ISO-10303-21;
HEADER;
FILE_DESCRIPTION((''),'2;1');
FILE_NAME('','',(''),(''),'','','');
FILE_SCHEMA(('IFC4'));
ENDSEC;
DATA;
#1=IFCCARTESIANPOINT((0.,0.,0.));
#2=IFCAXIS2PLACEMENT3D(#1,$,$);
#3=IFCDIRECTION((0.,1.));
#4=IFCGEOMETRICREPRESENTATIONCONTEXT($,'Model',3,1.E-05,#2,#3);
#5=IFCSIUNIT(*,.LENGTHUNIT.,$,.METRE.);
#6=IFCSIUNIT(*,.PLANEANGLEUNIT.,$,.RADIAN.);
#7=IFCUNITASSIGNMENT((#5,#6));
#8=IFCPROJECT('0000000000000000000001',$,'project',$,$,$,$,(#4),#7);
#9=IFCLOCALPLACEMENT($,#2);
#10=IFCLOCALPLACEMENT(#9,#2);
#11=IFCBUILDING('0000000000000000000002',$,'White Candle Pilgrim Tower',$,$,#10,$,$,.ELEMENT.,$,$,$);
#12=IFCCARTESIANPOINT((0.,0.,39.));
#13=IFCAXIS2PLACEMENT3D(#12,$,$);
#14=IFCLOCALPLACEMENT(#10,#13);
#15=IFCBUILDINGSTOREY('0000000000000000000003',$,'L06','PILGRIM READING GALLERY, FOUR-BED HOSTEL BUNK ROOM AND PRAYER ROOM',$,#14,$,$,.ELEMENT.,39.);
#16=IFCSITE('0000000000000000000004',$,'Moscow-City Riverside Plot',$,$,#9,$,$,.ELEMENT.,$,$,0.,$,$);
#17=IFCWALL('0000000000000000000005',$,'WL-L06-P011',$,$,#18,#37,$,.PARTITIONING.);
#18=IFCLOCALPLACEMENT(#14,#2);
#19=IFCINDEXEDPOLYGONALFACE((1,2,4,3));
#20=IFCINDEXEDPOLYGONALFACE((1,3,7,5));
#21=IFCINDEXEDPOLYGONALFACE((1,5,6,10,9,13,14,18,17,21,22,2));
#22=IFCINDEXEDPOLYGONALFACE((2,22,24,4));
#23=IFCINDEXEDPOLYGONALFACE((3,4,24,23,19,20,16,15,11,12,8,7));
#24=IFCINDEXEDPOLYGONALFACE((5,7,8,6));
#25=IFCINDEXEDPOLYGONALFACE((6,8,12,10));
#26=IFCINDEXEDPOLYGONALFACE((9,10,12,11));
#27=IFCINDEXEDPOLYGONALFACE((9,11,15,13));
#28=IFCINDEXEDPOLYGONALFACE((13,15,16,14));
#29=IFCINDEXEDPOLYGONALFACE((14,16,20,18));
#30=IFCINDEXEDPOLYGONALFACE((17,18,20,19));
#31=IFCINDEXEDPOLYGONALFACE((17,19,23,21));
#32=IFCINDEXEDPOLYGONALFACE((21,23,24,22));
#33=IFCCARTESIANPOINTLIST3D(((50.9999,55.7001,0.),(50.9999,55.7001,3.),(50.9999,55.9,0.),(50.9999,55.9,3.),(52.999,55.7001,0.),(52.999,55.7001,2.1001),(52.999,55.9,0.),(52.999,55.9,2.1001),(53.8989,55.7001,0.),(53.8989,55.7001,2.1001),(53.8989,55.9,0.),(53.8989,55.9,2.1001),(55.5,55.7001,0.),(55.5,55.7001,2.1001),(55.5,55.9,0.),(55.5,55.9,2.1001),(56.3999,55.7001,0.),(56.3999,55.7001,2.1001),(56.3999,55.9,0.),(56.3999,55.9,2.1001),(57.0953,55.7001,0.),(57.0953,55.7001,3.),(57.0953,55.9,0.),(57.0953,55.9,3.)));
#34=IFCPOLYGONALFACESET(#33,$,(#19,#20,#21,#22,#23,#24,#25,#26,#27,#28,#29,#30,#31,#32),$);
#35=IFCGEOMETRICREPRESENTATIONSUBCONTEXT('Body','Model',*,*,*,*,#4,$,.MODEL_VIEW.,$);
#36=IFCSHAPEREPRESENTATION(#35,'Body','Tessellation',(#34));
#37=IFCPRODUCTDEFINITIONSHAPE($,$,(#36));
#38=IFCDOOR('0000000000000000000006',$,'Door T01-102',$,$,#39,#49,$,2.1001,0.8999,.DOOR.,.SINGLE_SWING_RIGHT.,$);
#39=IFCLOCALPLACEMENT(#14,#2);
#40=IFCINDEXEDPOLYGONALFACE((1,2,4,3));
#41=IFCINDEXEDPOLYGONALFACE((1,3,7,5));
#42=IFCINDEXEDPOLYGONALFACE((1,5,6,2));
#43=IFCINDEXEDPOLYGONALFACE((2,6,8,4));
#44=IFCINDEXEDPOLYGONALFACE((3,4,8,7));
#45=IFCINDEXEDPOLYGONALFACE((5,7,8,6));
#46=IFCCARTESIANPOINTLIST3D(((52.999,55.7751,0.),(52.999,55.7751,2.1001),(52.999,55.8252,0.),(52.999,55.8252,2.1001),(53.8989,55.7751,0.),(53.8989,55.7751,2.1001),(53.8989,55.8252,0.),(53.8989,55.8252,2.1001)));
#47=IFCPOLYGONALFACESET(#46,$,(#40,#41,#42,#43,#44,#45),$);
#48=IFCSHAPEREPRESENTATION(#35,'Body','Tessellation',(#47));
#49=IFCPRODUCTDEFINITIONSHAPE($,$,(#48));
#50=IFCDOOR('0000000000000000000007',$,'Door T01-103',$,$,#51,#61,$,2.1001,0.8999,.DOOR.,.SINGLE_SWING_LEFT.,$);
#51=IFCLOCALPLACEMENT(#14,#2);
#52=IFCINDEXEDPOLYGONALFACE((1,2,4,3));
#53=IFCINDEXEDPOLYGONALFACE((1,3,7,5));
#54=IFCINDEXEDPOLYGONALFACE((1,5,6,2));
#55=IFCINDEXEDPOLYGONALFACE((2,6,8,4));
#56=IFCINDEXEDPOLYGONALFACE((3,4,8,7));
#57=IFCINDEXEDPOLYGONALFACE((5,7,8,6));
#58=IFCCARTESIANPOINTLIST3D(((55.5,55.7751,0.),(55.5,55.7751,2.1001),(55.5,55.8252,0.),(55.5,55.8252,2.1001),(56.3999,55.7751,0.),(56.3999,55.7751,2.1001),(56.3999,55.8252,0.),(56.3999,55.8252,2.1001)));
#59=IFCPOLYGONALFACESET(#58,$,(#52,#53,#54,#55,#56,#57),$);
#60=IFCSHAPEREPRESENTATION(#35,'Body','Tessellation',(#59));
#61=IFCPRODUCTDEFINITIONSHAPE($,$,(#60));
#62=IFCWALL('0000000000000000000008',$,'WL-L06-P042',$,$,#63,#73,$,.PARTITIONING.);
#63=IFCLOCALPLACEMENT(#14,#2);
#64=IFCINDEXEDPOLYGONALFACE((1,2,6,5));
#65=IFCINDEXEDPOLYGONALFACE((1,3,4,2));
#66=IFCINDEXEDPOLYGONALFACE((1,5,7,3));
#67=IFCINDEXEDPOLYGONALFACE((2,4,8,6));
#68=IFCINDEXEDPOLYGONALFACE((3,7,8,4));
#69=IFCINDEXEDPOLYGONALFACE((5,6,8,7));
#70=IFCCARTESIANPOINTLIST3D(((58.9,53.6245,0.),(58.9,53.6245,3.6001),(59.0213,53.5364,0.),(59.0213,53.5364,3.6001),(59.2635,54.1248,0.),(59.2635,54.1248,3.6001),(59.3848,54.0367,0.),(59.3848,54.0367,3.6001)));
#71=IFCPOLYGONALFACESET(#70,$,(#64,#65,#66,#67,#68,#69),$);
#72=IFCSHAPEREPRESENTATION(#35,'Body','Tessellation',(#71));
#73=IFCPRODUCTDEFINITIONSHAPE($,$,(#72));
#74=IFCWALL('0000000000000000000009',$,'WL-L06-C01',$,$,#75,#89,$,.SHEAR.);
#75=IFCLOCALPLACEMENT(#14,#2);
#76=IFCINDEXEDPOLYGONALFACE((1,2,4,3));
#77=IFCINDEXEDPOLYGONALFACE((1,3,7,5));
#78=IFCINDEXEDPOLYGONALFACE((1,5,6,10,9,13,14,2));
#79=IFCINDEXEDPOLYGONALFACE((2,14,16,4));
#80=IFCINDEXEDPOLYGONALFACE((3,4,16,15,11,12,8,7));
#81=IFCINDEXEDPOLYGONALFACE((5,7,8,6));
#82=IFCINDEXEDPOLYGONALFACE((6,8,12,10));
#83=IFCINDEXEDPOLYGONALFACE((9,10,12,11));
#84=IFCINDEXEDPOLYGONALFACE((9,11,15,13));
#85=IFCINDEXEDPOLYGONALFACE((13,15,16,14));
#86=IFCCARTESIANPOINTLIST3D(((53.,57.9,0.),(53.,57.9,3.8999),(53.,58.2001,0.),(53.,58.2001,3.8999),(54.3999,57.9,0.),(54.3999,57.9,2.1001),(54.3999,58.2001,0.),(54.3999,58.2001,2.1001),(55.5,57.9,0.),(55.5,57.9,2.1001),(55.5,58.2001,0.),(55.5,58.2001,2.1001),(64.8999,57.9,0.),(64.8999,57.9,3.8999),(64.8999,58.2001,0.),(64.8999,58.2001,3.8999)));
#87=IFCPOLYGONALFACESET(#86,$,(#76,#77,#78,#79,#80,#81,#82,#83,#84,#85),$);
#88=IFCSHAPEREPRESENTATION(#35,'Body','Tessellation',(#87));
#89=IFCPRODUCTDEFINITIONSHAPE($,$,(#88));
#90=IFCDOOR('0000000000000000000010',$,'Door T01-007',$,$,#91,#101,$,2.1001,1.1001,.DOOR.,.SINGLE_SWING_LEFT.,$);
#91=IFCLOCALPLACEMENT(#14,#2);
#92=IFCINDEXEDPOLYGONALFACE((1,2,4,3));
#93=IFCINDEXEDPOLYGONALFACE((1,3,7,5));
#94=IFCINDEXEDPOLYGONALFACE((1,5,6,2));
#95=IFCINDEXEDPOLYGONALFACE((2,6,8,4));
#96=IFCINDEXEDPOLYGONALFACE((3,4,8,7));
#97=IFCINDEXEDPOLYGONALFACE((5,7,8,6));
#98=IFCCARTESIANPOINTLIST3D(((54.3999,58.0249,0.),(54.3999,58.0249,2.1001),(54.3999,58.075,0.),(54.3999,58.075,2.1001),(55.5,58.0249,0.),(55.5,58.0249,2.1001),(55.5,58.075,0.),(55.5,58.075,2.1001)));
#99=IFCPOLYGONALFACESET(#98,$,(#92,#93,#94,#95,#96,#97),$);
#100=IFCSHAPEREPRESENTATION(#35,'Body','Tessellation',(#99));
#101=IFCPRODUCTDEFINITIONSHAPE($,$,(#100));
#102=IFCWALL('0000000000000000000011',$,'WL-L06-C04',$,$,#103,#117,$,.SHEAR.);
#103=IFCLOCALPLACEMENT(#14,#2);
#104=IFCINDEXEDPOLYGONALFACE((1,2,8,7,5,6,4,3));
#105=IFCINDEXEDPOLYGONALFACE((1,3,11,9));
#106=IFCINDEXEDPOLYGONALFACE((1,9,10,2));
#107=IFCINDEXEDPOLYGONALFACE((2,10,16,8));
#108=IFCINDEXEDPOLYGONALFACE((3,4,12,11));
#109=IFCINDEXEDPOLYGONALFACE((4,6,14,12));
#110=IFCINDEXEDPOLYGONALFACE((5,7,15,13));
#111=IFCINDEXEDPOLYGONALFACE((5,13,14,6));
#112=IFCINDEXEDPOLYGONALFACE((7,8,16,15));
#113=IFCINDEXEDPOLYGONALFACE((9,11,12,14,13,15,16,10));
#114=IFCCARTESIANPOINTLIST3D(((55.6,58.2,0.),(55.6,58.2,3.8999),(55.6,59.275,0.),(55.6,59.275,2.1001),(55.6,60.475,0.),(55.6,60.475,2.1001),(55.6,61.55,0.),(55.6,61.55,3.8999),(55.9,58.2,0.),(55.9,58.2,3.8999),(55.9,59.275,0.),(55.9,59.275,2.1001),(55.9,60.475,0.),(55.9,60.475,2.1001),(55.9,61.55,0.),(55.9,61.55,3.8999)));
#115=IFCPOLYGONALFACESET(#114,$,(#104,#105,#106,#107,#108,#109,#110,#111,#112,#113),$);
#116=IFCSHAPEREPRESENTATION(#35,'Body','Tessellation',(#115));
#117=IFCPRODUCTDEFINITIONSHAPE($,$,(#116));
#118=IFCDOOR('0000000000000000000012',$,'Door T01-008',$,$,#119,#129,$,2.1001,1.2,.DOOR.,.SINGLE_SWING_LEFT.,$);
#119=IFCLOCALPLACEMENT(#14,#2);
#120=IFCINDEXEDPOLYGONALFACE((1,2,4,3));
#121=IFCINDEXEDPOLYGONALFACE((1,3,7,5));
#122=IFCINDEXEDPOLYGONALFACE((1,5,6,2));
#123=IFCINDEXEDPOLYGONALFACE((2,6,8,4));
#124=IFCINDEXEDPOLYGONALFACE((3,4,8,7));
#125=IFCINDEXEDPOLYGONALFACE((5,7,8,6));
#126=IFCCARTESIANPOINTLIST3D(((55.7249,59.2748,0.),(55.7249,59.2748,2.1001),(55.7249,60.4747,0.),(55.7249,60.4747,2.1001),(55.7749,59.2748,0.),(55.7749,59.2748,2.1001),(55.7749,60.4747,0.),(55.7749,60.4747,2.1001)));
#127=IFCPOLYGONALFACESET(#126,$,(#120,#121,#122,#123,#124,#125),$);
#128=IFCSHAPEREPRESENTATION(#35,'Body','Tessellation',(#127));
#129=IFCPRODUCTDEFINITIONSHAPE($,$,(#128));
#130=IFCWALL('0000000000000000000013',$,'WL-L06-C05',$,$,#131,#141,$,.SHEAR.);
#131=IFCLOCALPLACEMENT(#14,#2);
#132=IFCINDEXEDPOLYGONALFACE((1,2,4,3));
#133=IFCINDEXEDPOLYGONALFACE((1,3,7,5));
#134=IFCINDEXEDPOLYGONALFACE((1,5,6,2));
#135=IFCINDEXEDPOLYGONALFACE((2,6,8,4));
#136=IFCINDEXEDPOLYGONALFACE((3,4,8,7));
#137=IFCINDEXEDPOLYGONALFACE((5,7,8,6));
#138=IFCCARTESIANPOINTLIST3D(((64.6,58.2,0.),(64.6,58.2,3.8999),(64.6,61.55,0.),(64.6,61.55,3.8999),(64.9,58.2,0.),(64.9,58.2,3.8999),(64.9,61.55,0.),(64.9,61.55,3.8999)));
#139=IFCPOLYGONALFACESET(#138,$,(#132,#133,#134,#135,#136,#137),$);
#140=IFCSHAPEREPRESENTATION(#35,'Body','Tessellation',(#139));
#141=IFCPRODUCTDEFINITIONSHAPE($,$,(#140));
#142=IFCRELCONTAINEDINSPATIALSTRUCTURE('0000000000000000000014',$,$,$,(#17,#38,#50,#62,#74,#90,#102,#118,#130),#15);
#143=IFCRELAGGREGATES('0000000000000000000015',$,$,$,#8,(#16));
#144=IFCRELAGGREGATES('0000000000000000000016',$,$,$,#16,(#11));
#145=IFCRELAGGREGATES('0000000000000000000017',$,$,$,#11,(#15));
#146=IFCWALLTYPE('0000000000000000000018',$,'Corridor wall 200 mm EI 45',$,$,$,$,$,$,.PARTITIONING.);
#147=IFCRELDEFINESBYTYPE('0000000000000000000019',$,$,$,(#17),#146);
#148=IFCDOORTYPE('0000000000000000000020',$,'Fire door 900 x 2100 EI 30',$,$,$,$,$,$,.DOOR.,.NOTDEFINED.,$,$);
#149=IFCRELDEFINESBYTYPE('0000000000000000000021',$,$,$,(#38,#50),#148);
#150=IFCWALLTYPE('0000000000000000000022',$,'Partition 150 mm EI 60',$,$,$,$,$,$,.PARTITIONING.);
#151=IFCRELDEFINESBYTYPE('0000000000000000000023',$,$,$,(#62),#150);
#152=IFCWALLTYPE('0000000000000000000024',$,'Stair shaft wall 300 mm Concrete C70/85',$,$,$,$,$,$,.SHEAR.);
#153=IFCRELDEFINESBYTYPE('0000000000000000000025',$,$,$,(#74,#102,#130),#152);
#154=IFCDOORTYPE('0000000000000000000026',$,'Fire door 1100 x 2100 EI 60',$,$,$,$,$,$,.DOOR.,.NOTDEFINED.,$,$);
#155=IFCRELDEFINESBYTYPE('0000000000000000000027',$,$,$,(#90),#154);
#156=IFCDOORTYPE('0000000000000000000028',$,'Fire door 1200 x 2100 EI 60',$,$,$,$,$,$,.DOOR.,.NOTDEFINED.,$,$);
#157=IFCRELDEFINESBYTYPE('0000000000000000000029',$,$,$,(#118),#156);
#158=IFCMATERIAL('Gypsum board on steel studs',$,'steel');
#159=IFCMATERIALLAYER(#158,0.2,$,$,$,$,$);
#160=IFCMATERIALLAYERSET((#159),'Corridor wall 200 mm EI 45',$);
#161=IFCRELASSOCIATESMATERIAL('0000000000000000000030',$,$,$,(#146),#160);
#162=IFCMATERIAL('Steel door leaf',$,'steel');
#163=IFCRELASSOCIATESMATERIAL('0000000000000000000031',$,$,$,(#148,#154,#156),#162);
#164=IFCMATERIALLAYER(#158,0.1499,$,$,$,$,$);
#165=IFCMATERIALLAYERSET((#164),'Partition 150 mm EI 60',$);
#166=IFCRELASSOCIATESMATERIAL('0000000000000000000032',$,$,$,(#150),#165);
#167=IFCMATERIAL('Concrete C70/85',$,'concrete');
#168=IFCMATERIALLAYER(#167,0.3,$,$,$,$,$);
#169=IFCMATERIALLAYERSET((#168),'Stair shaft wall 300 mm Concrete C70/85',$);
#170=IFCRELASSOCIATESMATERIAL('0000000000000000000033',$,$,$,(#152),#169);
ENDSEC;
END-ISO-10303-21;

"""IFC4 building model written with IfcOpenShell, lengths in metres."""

from ifc_helpers import new_model, si_unit, direction, frame, frame_2d, origin, place, context, subcontext, project, spatial, rectangle, extrude, material, layer, layer_set, type_object, element, fill, save


model = new_model("IFC4")

# Units and contexts
model_context = context("Model", 3, precision=1e-05, world=origin(), true_north=direction((0.0, 1.0)))
body_context = subcontext(model_context, "Body", "Model", "MODEL_VIEW")
ifc_project = project(units=[si_unit("LENGTHUNIT", "METRE"), si_unit("PLANEANGLEUNIT", "RADIAN")], contexts=[model_context])

# Site, building, storey
site_placement = place(None, origin())
site = spatial("IfcSite", under=ifc_project, at=site_placement, Name="Moscow-City Riverside Plot", CompositionType="ELEMENT", RefElevation=0.0)
building_placement = place(site_placement, origin())
building = spatial("IfcBuilding", under=site, at=building_placement, Name="White Candle Pilgrim Tower", CompositionType="ELEMENT")
storey_placement = place(building_placement, frame((0.0, 0.0, 39.0)))
storey = spatial("IfcBuildingStorey", under=building, at=storey_placement, Name="L06", Description="PILGRIM READING GALLERY, FOUR-BED HOSTEL BUNK ROOM AND PRAYER ROOM", CompositionType="ELEMENT", Elevation=39.0)

# Shared definitions
ifc_material_1 = material(Name="Concrete C70/85", Category="concrete")

# Wall, openings, doors
ifc_material_2 = material(Name="Gypsum board on steel studs", Category="steel")
ifc_layer_1 = layer(ifc_material_2, 0.2)
ifc_layer_set_1 = layer_set([ifc_layer_1], Name="Corridor wall 200 mm EI 45")
wall_type_1 = type_object("IfcWallType", Name="Corridor wall 200 mm EI 45", PredefinedType="PARTITIONING", material=ifc_layer_set_1)
wall_1_placement = place(storey_placement, frame((57.0955, 55.8, 0.0), z_axis=(0.0, 0.0, 1.0), x_axis=(-1.0, 0.0, 0.0)))
wall_1 = element("IfcWall", 1, at=wall_1_placement, inside=storey, type_object=wall_type_1, Name="WL-L06-P011", PredefinedType="PARTITIONING", context=body_context, shape_type="SweptSolid", body=[
    extrude(rectangle(XDim=6.0955, YDim=0.2, at=frame_2d((3.0479, 0.0))), origin(), (0.0, 0.0, 1.0), 3.0),
])
opening_1_placement = place(wall_1_placement, frame((3.1965, 0.0, 0.0)))
opening_1 = element("IfcOpeningElement", 2, at=opening_1_placement, cuts=wall_1, PredefinedType="OPENING", context=body_context, shape_type="SweptSolid", body=[
    extrude(rectangle(XDim=0.8999, YDim=2.1001, at=frame_2d((0.45, 1.05))), frame((0.0, 0.1099, 0.0), z_axis=(0.0, -1.0, 0.0), x_axis=(1.0, 0.0, 0.0)), (0.0, 0.0, 1.0), 0.22),
])
opening_2_placement = place(wall_1_placement, frame((0.6956, 0.0, 0.0)))
opening_2 = element("IfcOpeningElement", 3, at=opening_2_placement, cuts=wall_1, PredefinedType="OPENING", context=body_context, shape_type="SweptSolid", body=[
    extrude(rectangle(XDim=0.8999, YDim=2.1001, at=frame_2d((0.45, 1.05))), frame((0.0, 0.1099, 0.0), z_axis=(0.0, -1.0, 0.0), x_axis=(1.0, 0.0, 0.0)), (0.0, 0.0, 1.0), 0.22),
])
ifc_material_3 = material(Name="Steel door leaf", Category="steel")
door_type_1 = type_object("IfcDoorType", Name="Fire door 900 x 2100 EI 30", OperationType="NOTDEFINED", PredefinedType="DOOR", material=ifc_material_3)
door_1_placement = place(opening_1_placement, origin())
door_1 = element("IfcDoor", 4, at=door_1_placement, inside=storey, type_object=door_type_1, Name="Door T01-102", OperationType="SINGLE_SWING_RIGHT", OverallHeight=2.1001, OverallWidth=0.8999, PredefinedType="DOOR", context=body_context, shape_type="SweptSolid", body=[
    extrude(rectangle(XDim=0.8999, YDim=2.1001, at=frame_2d((0.45, 1.05))), frame((0.0, 0.0249, 0.0), z_axis=(0.0, -1.0, 0.0), x_axis=(1.0, 0.0, 0.0)), (0.0, 0.0, 1.0), 0.05),
])
fill(opening_1, door_1)
door_2_placement = place(opening_2_placement, origin())
door_2 = element("IfcDoor", 5, at=door_2_placement, inside=storey, type_object=door_type_1, Name="Door T01-103", OperationType="SINGLE_SWING_LEFT", OverallHeight=2.1001, OverallWidth=0.8999, PredefinedType="DOOR", context=body_context, shape_type="SweptSolid", body=[
    extrude(rectangle(XDim=0.8999, YDim=2.1001, at=frame_2d((0.45, 1.05))), frame((0.0, 0.0249, 0.0), z_axis=(0.0, -1.0, 0.0), x_axis=(1.0, 0.0, 0.0)), (0.0, 0.0, 1.0), 0.05),
])
fill(opening_2, door_2)

# Wall
ifc_layer_2 = layer(ifc_material_2, 0.1499)
ifc_layer_set_2 = layer_set([ifc_layer_2], Name="Partition 150 mm EI 60")
wall_type_2 = type_object("IfcWallType", Name="Partition 150 mm EI 60", PredefinedType="PARTITIONING", material=ifc_layer_set_2)
wall_2_placement = place(storey_placement, frame((58.9607, 53.5806, 0.0), z_axis=(0.0, 0.0, 1.0), x_axis=(0.587866, 0.808958, 0.0)))
element("IfcWall", 6, at=wall_2_placement, inside=storey, type_object=wall_type_2, Name="WL-L06-P042", PredefinedType="PARTITIONING", context=body_context, shape_type="SweptSolid", body=[
    extrude(rectangle(XDim=0.6184, YDim=0.1499, at=frame_2d((0.3091, 0.0))), origin(), (0.0, 0.0, 1.0), 3.6001),
])

# Walls, openings, doors
ifc_layer_3 = layer(ifc_material_1, 0.3)
ifc_layer_set_3 = layer_set([ifc_layer_3], Name="Stair shaft wall 300 mm Concrete C70/85")
wall_type_3 = type_object("IfcWallType", Name="Stair shaft wall 300 mm Concrete C70/85", PredefinedType="SHEAR", material=ifc_layer_set_3)
wall_3_placement = place(storey_placement, frame((53.0, 58.05, 0.0), z_axis=(0.0, 0.0, 1.0), x_axis=(1.0, 0.0, 0.0)))
wall_3 = element("IfcWall", 7, at=wall_3_placement, inside=storey, type_object=wall_type_3, Name="WL-L06-C01", PredefinedType="SHEAR", context=body_context, shape_type="SweptSolid", body=[
    extrude(rectangle(XDim=11.8999, YDim=0.3, at=frame_2d((5.95, 0.0))), origin(), (0.0, 0.0, 1.0), 3.8999),
])
opening_3_placement = place(wall_3_placement, frame((1.3999, 0.0, 0.0)))
opening_3 = element("IfcOpeningElement", 8, at=opening_3_placement, cuts=wall_3, PredefinedType="OPENING", context=body_context, shape_type="SweptSolid", body=[
    extrude(rectangle(XDim=1.1001, YDim=2.1001, at=frame_2d((0.55, 1.05))), frame((0.0, 0.1599, 0.0), z_axis=(0.0, -1.0, 0.0), x_axis=(1.0, 0.0, 0.0)), (0.0, 0.0, 1.0), 0.3201),
])
door_type_2 = type_object("IfcDoorType", Name="Fire door 1100 x 2100 EI 60", OperationType="NOTDEFINED", PredefinedType="DOOR", material=ifc_material_3)
door_3_placement = place(opening_3_placement, origin())
door_3 = element("IfcDoor", 9, at=door_3_placement, inside=storey, type_object=door_type_2, Name="Door T01-007", OperationType="SINGLE_SWING_LEFT", OverallHeight=2.1001, OverallWidth=1.1001, PredefinedType="DOOR", context=body_context, shape_type="SweptSolid", body=[
    extrude(rectangle(XDim=1.1001, YDim=2.1001, at=frame_2d((0.55, 1.05))), frame((0.0, 0.0249, 0.0), z_axis=(0.0, -1.0, 0.0), x_axis=(1.0, 0.0, 0.0)), (0.0, 0.0, 1.0), 0.05),
])
fill(opening_3, door_3)
wall_4_placement = place(storey_placement, frame((55.75, 58.2, 0.0), z_axis=(0.0, 0.0, 1.0), x_axis=(0.0, 1.0, 0.0)))
wall_4 = element("IfcWall", 10, at=wall_4_placement, inside=storey, type_object=wall_type_3, Name="WL-L06-C04", PredefinedType="SHEAR", context=body_context, shape_type="SweptSolid", body=[
    extrude(rectangle(XDim=3.3501, YDim=0.3, at=frame_2d((1.675, 0.0))), origin(), (0.0, 0.0, 1.0), 3.8999),
])
opening_4_placement = place(wall_4_placement, frame((1.075, 0.0, 0.0)))
opening_4 = element("IfcOpeningElement", 11, at=opening_4_placement, cuts=wall_4, PredefinedType="OPENING", context=body_context, shape_type="SweptSolid", body=[
    extrude(rectangle(XDim=1.2, YDim=2.1001, at=frame_2d((0.6001, 1.05))), frame((0.0, 0.1599, 0.0), z_axis=(0.0, -1.0, 0.0), x_axis=(1.0, 0.0, 0.0)), (0.0, 0.0, 1.0), 0.3201),
])
door_type_3 = type_object("IfcDoorType", Name="Fire door 1200 x 2100 EI 60", OperationType="NOTDEFINED", PredefinedType="DOOR", material=ifc_material_3)
door_4_placement = place(opening_4_placement, frame((1.2, 0.0, 0.0), z_axis=(0.0, 0.0, 1.0), x_axis=(-1.0, 0.0, 0.0)))
door_4 = element("IfcDoor", 12, at=door_4_placement, inside=storey, type_object=door_type_3, Name="Door T01-008", OperationType="SINGLE_SWING_LEFT", OverallHeight=2.1001, OverallWidth=1.2, PredefinedType="DOOR", context=body_context, shape_type="SweptSolid", body=[
    extrude(rectangle(XDim=1.2, YDim=2.1001, at=frame_2d((0.6001, 1.05))), frame((0.0, 0.0249, 0.0), z_axis=(0.0, -1.0, 0.0), x_axis=(1.0, 0.0, 0.0)), (0.0, 0.0, 1.0), 0.05),
])
fill(opening_4, door_4)

# Wall
wall_5_placement = place(storey_placement, frame((64.75, 58.2, 0.0), z_axis=(0.0, 0.0, 1.0), x_axis=(0.0, 1.0, 0.0)))
element("IfcWall", 13, at=wall_5_placement, inside=storey, type_object=wall_type_3, Name="WL-L06-C05", PredefinedType="SHEAR", context=body_context, shape_type="SweptSolid", body=[
    extrude(rectangle(XDim=3.3501, YDim=0.3, at=frame_2d((1.675, 0.0))), origin(), (0.0, 0.0, 1.0), 3.8999),
])

save(model, "model.ifc")
